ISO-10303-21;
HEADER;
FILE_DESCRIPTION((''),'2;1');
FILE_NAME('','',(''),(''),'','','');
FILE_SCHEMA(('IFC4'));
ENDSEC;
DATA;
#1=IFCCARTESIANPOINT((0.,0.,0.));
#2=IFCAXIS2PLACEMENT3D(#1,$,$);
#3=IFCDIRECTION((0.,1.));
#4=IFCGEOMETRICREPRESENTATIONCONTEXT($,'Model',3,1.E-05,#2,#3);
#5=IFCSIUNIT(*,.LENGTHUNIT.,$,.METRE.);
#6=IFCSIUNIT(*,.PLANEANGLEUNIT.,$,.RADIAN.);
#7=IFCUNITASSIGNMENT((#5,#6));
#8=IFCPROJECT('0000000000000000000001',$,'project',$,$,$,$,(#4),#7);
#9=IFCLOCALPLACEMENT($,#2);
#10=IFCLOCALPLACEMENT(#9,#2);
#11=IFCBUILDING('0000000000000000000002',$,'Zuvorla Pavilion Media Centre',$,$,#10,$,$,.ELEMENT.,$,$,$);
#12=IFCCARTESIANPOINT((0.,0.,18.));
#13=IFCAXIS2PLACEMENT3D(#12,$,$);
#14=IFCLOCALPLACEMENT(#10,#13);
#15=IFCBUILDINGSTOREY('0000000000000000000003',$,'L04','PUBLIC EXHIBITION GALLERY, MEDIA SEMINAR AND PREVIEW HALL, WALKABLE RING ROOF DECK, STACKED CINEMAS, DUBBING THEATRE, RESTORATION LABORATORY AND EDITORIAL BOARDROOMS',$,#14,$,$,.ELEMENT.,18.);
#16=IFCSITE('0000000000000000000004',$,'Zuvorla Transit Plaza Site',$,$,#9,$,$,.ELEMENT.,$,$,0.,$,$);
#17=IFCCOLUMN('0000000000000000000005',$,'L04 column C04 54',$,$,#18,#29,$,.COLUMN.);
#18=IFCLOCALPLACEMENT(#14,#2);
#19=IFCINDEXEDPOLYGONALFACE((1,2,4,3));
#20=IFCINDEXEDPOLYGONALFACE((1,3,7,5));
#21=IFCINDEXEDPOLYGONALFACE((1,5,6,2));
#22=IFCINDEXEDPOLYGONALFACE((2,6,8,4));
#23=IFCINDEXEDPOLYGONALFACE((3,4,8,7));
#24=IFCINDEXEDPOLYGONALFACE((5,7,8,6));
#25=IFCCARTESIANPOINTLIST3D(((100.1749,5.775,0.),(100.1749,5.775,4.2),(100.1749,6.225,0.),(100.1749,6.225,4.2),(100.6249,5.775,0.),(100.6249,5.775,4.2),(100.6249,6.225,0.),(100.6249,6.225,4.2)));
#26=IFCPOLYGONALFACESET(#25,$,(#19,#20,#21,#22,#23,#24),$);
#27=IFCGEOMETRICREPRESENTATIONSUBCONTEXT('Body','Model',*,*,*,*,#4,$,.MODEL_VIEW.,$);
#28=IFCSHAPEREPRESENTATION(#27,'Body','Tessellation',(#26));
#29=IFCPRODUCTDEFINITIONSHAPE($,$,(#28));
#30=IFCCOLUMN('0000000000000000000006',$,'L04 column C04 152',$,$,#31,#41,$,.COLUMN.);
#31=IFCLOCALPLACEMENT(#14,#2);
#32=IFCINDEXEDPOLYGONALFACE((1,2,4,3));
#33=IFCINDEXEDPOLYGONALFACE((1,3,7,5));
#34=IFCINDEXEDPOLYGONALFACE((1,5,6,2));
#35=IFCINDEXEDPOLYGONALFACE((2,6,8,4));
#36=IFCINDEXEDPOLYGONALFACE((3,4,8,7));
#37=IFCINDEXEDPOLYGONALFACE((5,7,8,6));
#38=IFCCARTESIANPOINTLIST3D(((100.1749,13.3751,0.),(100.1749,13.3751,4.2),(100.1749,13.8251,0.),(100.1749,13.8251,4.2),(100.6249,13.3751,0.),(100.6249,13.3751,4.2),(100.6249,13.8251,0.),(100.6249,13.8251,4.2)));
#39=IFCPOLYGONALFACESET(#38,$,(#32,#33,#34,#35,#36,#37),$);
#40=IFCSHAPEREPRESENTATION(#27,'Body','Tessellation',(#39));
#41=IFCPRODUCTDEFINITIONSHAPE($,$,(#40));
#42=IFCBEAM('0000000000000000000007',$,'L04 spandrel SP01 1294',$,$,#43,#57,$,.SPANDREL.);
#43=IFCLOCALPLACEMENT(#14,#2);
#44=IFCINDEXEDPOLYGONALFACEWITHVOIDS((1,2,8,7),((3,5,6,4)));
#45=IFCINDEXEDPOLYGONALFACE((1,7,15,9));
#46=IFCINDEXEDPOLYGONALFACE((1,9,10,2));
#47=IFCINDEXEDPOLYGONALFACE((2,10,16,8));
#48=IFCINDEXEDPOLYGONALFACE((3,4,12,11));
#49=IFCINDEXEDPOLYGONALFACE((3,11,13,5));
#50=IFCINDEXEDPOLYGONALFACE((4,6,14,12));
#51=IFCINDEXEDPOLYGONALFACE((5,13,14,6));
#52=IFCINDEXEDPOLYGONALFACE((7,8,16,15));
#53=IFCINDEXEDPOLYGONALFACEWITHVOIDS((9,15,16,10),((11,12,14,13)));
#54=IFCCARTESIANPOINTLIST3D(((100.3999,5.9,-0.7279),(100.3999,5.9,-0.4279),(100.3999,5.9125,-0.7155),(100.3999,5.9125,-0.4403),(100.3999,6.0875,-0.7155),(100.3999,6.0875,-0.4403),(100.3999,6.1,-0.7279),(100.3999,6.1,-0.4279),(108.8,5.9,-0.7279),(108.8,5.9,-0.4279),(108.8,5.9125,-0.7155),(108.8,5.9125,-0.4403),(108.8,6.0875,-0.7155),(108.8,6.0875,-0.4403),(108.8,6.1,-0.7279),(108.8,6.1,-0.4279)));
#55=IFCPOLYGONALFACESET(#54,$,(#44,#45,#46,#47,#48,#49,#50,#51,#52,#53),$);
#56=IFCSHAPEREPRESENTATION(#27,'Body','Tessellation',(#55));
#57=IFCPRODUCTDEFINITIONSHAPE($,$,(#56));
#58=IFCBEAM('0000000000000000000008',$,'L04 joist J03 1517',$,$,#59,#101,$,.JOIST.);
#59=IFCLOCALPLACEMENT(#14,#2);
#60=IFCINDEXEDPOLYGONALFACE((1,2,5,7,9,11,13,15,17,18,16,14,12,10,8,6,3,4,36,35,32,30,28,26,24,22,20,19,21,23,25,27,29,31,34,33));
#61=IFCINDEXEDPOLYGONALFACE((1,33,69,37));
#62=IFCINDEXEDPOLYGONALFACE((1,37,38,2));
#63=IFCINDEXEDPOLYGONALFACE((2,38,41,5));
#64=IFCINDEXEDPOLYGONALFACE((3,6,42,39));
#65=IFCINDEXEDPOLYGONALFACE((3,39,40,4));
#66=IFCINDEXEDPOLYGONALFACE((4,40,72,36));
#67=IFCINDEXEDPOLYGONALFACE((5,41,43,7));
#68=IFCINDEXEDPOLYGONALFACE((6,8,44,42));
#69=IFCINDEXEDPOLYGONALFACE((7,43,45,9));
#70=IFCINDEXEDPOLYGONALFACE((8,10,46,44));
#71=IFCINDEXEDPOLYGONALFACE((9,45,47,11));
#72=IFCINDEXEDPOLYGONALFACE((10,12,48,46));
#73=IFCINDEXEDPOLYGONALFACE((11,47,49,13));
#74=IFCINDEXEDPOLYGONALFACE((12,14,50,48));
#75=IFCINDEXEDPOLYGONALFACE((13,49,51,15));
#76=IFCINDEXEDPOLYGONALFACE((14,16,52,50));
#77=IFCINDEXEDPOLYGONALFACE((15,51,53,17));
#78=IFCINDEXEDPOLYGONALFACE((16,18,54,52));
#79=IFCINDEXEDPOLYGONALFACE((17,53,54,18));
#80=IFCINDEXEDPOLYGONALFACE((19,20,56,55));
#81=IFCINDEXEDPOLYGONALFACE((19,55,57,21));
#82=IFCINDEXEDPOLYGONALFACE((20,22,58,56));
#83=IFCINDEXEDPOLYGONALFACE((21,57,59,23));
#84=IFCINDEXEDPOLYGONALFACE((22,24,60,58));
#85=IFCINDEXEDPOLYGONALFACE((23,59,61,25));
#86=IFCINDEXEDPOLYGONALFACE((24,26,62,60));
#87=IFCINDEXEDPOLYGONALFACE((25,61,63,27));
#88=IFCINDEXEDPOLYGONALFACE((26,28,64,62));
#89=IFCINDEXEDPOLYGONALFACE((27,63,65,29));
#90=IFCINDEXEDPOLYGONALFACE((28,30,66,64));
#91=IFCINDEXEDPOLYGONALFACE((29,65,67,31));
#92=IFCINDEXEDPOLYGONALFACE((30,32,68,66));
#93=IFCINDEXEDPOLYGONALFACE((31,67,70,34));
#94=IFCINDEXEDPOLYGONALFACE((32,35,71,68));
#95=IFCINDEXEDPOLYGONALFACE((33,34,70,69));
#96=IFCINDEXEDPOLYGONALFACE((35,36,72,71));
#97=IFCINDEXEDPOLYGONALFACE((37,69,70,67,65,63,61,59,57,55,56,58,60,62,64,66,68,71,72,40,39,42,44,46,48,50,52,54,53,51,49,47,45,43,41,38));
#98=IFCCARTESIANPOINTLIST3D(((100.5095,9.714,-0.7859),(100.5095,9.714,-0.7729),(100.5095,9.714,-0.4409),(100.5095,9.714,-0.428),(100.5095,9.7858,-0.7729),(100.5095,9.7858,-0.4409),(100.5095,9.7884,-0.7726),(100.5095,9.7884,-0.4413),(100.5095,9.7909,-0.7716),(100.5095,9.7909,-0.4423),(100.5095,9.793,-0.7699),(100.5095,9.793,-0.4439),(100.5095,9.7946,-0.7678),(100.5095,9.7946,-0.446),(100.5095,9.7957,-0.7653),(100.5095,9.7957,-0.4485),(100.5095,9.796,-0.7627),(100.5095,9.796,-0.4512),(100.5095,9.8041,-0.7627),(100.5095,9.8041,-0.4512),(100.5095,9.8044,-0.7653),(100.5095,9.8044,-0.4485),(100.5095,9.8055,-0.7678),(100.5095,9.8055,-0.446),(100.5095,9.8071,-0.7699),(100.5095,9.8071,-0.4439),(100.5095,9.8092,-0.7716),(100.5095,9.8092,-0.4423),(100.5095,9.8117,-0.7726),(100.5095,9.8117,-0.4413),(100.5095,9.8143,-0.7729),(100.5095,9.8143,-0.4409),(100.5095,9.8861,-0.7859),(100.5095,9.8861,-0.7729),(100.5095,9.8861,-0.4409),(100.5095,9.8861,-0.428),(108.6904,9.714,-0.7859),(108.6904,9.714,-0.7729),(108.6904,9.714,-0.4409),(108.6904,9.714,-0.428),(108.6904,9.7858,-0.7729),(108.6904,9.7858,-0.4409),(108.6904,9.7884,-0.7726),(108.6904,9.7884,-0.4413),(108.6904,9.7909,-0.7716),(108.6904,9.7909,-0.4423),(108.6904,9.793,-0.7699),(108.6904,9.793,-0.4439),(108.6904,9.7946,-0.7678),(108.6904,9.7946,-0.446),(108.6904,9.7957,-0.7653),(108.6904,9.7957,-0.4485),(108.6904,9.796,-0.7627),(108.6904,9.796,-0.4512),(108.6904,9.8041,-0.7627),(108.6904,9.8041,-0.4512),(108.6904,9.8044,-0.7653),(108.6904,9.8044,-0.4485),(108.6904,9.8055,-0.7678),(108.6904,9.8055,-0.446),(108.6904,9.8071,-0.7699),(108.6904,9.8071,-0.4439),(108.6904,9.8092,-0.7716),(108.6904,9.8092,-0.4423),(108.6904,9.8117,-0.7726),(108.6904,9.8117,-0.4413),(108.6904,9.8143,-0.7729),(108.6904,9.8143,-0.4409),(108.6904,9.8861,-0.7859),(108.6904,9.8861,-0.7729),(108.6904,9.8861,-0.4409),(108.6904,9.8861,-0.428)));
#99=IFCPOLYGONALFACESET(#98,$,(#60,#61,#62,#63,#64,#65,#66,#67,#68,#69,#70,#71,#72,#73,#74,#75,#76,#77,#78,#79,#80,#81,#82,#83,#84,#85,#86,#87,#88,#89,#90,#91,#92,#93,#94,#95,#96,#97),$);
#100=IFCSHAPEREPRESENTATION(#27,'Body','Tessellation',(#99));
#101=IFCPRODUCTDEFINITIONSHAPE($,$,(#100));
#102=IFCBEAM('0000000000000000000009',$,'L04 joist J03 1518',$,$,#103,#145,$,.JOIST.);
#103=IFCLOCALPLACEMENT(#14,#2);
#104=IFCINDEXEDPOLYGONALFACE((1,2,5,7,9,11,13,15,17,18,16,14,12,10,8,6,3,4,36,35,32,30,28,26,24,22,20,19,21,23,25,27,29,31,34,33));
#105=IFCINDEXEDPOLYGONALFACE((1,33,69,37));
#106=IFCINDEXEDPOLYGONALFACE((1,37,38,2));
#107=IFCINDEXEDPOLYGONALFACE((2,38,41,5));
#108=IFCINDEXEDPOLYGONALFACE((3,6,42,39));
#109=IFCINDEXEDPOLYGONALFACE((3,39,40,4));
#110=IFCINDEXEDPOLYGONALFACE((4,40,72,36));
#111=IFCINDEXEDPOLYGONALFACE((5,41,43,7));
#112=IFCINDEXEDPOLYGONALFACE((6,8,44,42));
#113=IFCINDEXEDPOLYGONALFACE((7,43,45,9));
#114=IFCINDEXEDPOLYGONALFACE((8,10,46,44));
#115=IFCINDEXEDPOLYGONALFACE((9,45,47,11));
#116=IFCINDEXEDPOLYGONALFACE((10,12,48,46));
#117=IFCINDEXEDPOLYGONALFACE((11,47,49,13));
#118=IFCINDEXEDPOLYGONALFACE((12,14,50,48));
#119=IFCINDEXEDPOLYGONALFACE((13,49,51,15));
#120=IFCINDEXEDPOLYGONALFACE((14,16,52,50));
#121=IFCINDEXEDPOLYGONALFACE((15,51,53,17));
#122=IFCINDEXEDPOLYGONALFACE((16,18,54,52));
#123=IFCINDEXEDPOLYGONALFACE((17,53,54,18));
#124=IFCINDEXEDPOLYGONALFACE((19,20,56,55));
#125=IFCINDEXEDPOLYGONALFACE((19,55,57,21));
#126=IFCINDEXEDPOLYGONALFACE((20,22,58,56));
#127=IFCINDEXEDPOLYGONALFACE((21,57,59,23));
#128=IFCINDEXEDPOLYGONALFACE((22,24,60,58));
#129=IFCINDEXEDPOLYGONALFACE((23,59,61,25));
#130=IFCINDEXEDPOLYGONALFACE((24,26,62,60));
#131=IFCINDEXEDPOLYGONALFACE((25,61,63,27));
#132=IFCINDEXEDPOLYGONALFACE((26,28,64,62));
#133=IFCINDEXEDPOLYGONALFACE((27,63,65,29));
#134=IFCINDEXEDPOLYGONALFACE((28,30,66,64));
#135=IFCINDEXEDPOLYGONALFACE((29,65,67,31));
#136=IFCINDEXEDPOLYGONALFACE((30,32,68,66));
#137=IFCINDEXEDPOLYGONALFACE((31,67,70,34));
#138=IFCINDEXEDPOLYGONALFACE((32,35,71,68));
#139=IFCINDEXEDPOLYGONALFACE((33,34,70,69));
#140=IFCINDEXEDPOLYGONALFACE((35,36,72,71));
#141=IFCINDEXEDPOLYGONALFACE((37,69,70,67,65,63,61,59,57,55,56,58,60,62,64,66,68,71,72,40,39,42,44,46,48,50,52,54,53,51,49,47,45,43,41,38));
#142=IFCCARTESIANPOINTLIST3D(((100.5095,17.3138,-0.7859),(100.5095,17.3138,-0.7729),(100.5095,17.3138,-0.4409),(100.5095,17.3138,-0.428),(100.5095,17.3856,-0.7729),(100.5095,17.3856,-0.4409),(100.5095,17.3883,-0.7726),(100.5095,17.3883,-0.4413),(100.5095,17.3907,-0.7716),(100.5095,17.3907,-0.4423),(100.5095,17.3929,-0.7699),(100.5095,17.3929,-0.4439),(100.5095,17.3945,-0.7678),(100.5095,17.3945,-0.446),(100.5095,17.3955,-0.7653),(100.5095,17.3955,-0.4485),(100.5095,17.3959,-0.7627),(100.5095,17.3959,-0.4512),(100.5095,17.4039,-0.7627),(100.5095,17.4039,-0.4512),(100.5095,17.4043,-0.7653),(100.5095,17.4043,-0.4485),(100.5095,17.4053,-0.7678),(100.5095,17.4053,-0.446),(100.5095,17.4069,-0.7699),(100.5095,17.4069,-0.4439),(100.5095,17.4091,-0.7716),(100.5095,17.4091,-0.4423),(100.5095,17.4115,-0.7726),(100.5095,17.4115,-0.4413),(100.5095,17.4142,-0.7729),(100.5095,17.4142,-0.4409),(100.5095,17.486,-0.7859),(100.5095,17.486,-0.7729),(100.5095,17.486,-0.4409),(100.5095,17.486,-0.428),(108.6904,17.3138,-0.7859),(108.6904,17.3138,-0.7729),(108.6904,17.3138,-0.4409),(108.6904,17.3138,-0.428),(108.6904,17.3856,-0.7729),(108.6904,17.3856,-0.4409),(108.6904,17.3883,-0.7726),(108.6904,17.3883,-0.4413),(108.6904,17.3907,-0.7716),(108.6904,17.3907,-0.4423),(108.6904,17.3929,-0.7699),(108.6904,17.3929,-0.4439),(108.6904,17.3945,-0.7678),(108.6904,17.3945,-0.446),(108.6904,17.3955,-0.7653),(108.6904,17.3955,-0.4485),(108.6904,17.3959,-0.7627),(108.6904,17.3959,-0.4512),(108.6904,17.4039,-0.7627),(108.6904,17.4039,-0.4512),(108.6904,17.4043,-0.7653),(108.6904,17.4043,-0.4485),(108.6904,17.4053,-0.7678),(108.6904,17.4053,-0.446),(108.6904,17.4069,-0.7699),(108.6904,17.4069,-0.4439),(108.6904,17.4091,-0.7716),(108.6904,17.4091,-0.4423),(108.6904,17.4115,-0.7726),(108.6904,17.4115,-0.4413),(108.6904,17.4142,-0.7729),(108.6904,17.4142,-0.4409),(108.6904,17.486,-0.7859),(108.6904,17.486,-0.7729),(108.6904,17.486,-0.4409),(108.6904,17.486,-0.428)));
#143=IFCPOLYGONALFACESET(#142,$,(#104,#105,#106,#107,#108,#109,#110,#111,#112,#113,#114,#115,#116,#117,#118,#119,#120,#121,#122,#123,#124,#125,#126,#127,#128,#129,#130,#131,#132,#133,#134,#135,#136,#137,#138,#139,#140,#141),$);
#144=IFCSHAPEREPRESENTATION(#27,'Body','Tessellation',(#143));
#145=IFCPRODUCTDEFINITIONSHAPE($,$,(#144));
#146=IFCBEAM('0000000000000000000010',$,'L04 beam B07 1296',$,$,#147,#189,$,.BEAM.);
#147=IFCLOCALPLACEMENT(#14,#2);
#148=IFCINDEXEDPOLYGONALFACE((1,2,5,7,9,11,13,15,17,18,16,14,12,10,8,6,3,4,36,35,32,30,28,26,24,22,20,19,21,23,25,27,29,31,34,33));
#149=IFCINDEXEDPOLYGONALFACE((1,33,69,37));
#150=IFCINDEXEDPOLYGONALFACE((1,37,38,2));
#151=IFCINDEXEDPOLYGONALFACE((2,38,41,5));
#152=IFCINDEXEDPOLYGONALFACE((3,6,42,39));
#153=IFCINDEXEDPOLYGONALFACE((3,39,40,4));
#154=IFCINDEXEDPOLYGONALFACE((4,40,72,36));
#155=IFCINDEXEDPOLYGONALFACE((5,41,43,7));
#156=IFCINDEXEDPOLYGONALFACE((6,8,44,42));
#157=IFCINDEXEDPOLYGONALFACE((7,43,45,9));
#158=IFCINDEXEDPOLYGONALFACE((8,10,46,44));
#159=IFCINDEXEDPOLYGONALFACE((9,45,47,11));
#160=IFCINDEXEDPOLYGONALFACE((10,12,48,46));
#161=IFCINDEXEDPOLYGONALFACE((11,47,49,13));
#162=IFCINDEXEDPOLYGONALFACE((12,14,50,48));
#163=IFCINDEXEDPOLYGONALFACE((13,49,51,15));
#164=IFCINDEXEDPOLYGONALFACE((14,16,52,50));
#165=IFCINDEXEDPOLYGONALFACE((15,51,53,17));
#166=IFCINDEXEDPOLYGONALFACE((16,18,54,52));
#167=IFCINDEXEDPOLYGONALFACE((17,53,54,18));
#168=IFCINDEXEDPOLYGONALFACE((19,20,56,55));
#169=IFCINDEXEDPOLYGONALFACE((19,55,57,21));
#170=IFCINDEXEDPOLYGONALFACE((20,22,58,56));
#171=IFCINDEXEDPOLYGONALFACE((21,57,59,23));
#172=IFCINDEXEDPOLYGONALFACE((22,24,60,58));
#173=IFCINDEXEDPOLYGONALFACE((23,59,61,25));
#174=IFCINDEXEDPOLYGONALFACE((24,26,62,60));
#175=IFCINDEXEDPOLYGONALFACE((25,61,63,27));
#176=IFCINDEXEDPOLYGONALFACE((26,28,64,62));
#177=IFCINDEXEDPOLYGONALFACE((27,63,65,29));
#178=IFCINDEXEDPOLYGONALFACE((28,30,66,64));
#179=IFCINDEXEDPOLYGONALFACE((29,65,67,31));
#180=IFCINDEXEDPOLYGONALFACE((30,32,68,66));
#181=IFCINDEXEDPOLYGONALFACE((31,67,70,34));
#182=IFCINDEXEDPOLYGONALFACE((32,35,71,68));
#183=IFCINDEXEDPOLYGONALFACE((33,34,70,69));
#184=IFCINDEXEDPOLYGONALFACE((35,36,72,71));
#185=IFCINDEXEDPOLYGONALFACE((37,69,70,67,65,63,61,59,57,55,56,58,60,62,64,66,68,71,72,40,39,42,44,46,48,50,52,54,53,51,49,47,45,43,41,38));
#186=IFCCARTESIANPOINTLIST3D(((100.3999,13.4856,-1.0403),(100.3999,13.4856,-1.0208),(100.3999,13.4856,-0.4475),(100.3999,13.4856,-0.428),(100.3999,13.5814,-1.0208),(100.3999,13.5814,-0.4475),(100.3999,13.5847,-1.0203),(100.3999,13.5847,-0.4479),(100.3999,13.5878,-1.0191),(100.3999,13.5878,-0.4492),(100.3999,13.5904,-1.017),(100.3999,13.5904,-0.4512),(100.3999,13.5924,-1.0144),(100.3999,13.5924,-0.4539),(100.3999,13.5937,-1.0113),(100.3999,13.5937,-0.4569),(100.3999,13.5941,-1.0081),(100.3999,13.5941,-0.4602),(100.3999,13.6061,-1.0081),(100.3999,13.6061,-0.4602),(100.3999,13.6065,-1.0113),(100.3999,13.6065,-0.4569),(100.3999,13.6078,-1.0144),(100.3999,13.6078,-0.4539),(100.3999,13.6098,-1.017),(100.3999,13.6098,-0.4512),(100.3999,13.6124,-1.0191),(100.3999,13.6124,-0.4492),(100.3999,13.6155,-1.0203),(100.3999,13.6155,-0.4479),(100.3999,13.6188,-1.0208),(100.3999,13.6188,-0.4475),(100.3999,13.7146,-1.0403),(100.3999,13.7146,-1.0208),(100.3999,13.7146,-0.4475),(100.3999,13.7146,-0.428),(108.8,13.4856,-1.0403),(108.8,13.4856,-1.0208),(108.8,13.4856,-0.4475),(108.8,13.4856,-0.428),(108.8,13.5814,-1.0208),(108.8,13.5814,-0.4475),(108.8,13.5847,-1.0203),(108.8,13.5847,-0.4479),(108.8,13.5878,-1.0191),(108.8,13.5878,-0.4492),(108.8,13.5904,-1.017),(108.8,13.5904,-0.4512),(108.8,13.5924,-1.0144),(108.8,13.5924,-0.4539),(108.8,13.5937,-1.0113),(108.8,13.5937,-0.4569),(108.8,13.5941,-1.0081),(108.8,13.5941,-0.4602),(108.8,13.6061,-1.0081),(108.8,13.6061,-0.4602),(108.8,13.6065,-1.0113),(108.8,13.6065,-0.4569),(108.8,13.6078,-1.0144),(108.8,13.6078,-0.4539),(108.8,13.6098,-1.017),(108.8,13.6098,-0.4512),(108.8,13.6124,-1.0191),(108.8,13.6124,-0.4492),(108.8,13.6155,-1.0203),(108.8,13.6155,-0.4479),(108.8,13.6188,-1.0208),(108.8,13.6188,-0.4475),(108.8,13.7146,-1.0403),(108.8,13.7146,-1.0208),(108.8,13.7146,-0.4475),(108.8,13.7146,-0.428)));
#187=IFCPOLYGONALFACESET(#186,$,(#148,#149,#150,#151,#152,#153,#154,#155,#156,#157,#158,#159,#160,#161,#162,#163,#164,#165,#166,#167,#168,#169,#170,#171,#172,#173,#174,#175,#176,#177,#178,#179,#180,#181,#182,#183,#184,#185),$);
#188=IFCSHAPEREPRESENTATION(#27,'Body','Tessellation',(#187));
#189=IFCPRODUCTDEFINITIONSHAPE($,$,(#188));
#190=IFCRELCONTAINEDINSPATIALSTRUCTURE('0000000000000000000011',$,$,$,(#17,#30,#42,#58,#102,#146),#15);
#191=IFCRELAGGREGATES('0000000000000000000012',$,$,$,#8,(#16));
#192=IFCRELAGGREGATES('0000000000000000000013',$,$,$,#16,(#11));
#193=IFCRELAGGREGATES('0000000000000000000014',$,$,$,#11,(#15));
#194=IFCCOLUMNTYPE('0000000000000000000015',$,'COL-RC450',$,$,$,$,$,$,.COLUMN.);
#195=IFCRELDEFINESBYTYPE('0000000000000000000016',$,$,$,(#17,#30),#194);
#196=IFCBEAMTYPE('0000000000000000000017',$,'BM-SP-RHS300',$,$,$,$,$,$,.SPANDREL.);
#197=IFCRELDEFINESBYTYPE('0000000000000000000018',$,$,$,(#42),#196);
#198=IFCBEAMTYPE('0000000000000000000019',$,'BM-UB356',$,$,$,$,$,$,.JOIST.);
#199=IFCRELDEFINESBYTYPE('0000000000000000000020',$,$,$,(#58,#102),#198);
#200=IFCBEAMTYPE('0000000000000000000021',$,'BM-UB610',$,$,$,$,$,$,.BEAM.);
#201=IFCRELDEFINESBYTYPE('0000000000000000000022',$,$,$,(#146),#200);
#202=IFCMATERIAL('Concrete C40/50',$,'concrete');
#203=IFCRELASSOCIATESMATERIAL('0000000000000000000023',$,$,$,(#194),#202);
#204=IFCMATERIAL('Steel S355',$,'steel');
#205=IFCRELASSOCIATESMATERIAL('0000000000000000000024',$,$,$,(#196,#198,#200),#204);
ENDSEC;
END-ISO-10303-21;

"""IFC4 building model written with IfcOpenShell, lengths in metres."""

from ifc_helpers import new_model, si_unit, direction, frame, origin, origin_2d, place, context, subcontext, project, spatial, rectangle, hollow_rectangle, i_section, extrude, material, material_profile, profile_set, type_object, element, save


model = new_model("IFC4")

# Units and contexts
model_context = context("Model", 3, precision=1e-05, world=origin(), true_north=direction((0.0, 1.0)))
body_context = subcontext(model_context, "Body", "Model", "MODEL_VIEW")
ifc_project = project(units=[si_unit("LENGTHUNIT", "METRE"), si_unit("PLANEANGLEUNIT", "RADIAN")], contexts=[model_context])

# Site, building, storey
site_placement = place(None, origin())
site = spatial("IfcSite", under=ifc_project, at=site_placement, Name="Zuvorla Transit Plaza Site", CompositionType="ELEMENT", RefElevation=0.0)
building_placement = place(site_placement, origin())
building = spatial("IfcBuilding", under=site, at=building_placement, Name="Zuvorla Pavilion Media Centre", CompositionType="ELEMENT")
storey_placement = place(building_placement, frame((0.0, 0.0, 18.0)))
storey = spatial("IfcBuildingStorey", under=building, at=storey_placement, Name="L04", Description="PUBLIC EXHIBITION GALLERY, MEDIA SEMINAR AND PREVIEW HALL, WALKABLE RING ROOF DECK, STACKED CINEMAS, DUBBING THEATRE, RESTORATION LABORATORY AND EDITORIAL BOARDROOMS", CompositionType="ELEMENT", Elevation=18.0)

# Columns
ifc_material_1 = material(Name="Concrete C40/50", Category="concrete")
ifc_material_profile_1 = material_profile(ifc_material_1, rectangle(XDim=0.45, YDim=0.45, at=origin_2d()), Name="RC 450x450")
ifc_profile_set_1 = profile_set([ifc_material_profile_1], Name="Concrete C40/50")
column_type = type_object("IfcColumnType", Name="COL-RC450", PredefinedType="COLUMN", material=ifc_profile_set_1)
for number, where, z_axis, x_axis, name in (
    (1, (100.3999, 6.0, 0.0), (0.0, 0.0, 1.0), (1.0, 0.0, 0.0), "L04 column C04 54"),
    (2, (100.3999, 13.6001, 0.0), (0.0, 0.0, 1.0), (1.0, 0.0, 0.0), "L04 column C04 152"),
):
    element("IfcColumn", number, at=place(storey_placement, frame(where, z_axis=z_axis, x_axis=x_axis)), inside=storey, type_object=column_type, Name=name, PredefinedType="COLUMN", context=body_context, shape_type="SweptSolid", body=[
        extrude(rectangle(XDim=0.45, YDim=0.45, at=origin_2d()), origin(), (0.0, 0.0, 1.0), 4.2),
    ])

# Beams
ifc_material_2 = material(Name="Steel S355", Category="steel")
ifc_material_profile_2 = material_profile(ifc_material_2, hollow_rectangle(XDim=0.2, YDim=0.3, WallThickness=0.0125, at=origin_2d()), Name="RHS 300x200x12.5")
ifc_profile_set_2 = profile_set([ifc_material_profile_2], Name="Steel S355")
beam_type_1 = type_object("IfcBeamType", Name="BM-SP-RHS300", PredefinedType="SPANDREL", material=ifc_profile_set_2)
beam_1_placement = place(storey_placement, frame((100.3999, 6.0, -0.5779), z_axis=(1.0, 0.0, 0.0), x_axis=(0.0, 1.0, 0.0)))
element("IfcBeam", 3, at=beam_1_placement, inside=storey, type_object=beam_type_1, Name="L04 spandrel SP01 1294", PredefinedType="SPANDREL", context=body_context, shape_type="SweptSolid", body=[
    extrude(hollow_rectangle(XDim=0.2, YDim=0.3, WallThickness=0.0125, at=origin_2d()), origin(), (0.0, 0.0, 1.0), 8.4001),
])
ifc_material_profile_3 = material_profile(ifc_material_2, i_section(OverallWidth=0.1721, OverallDepth=0.3579, WebThickness=0.0081, FlangeThickness=0.0129, FilletRadius=0.0103, at=origin_2d()), Name="UB 356x171x57")
ifc_profile_set_3 = profile_set([ifc_material_profile_3], Name="Steel S355")
beam_type_2 = type_object("IfcBeamType", Name="BM-UB356", PredefinedType="JOIST", material=ifc_profile_set_3)
for number, where, z_axis, x_axis, name in (
    (4, (100.5095, 9.8, -0.6069), (1.0, 0.0, 0.0), (0.0, 1.0, 0.0), "L04 joist J03 1517"),
    (5, (100.5095, 17.3999, -0.6069), (1.0, 0.0, 0.0), (0.0, 1.0, 0.0), "L04 joist J03 1518"),
):
    element("IfcBeam", number, at=place(storey_placement, frame(where, z_axis=z_axis, x_axis=x_axis)), inside=storey, type_object=beam_type_2, Name=name, PredefinedType="JOIST", context=body_context, shape_type="SweptSolid", body=[
        extrude(i_section(OverallWidth=0.1721, OverallDepth=0.3579, WebThickness=0.0081, FlangeThickness=0.0129, FilletRadius=0.0103, at=origin_2d()), origin(), (0.0, 0.0, 1.0), 8.1809),
    ])
ifc_material_profile_4 = material_profile(ifc_material_2, i_section(OverallWidth=0.229, OverallDepth=0.6123, WebThickness=0.012, FlangeThickness=0.0195, FilletRadius=0.0127, at=origin_2d()), Name="UB 610x229x125")
ifc_profile_set_4 = profile_set([ifc_material_profile_4], Name="Steel S355")
beam_type_3 = type_object("IfcBeamType", Name="BM-UB610", PredefinedType="BEAM", material=ifc_profile_set_4)
beam_2_placement = place(storey_placement, frame((100.3999, 13.6001, -0.7341), z_axis=(1.0, 0.0, 0.0), x_axis=(0.0, 1.0, 0.0)))
element("IfcBeam", 6, at=beam_2_placement, inside=storey, type_object=beam_type_3, Name="L04 beam B07 1296", PredefinedType="BEAM", context=body_context, shape_type="SweptSolid", body=[
    extrude(i_section(OverallWidth=0.229, OverallDepth=0.6123, WebThickness=0.012, FlangeThickness=0.0195, FilletRadius=0.0127, at=origin_2d()), origin(), (0.0, 0.0, 1.0), 8.4001),
])

save(model, "model.ifc")
